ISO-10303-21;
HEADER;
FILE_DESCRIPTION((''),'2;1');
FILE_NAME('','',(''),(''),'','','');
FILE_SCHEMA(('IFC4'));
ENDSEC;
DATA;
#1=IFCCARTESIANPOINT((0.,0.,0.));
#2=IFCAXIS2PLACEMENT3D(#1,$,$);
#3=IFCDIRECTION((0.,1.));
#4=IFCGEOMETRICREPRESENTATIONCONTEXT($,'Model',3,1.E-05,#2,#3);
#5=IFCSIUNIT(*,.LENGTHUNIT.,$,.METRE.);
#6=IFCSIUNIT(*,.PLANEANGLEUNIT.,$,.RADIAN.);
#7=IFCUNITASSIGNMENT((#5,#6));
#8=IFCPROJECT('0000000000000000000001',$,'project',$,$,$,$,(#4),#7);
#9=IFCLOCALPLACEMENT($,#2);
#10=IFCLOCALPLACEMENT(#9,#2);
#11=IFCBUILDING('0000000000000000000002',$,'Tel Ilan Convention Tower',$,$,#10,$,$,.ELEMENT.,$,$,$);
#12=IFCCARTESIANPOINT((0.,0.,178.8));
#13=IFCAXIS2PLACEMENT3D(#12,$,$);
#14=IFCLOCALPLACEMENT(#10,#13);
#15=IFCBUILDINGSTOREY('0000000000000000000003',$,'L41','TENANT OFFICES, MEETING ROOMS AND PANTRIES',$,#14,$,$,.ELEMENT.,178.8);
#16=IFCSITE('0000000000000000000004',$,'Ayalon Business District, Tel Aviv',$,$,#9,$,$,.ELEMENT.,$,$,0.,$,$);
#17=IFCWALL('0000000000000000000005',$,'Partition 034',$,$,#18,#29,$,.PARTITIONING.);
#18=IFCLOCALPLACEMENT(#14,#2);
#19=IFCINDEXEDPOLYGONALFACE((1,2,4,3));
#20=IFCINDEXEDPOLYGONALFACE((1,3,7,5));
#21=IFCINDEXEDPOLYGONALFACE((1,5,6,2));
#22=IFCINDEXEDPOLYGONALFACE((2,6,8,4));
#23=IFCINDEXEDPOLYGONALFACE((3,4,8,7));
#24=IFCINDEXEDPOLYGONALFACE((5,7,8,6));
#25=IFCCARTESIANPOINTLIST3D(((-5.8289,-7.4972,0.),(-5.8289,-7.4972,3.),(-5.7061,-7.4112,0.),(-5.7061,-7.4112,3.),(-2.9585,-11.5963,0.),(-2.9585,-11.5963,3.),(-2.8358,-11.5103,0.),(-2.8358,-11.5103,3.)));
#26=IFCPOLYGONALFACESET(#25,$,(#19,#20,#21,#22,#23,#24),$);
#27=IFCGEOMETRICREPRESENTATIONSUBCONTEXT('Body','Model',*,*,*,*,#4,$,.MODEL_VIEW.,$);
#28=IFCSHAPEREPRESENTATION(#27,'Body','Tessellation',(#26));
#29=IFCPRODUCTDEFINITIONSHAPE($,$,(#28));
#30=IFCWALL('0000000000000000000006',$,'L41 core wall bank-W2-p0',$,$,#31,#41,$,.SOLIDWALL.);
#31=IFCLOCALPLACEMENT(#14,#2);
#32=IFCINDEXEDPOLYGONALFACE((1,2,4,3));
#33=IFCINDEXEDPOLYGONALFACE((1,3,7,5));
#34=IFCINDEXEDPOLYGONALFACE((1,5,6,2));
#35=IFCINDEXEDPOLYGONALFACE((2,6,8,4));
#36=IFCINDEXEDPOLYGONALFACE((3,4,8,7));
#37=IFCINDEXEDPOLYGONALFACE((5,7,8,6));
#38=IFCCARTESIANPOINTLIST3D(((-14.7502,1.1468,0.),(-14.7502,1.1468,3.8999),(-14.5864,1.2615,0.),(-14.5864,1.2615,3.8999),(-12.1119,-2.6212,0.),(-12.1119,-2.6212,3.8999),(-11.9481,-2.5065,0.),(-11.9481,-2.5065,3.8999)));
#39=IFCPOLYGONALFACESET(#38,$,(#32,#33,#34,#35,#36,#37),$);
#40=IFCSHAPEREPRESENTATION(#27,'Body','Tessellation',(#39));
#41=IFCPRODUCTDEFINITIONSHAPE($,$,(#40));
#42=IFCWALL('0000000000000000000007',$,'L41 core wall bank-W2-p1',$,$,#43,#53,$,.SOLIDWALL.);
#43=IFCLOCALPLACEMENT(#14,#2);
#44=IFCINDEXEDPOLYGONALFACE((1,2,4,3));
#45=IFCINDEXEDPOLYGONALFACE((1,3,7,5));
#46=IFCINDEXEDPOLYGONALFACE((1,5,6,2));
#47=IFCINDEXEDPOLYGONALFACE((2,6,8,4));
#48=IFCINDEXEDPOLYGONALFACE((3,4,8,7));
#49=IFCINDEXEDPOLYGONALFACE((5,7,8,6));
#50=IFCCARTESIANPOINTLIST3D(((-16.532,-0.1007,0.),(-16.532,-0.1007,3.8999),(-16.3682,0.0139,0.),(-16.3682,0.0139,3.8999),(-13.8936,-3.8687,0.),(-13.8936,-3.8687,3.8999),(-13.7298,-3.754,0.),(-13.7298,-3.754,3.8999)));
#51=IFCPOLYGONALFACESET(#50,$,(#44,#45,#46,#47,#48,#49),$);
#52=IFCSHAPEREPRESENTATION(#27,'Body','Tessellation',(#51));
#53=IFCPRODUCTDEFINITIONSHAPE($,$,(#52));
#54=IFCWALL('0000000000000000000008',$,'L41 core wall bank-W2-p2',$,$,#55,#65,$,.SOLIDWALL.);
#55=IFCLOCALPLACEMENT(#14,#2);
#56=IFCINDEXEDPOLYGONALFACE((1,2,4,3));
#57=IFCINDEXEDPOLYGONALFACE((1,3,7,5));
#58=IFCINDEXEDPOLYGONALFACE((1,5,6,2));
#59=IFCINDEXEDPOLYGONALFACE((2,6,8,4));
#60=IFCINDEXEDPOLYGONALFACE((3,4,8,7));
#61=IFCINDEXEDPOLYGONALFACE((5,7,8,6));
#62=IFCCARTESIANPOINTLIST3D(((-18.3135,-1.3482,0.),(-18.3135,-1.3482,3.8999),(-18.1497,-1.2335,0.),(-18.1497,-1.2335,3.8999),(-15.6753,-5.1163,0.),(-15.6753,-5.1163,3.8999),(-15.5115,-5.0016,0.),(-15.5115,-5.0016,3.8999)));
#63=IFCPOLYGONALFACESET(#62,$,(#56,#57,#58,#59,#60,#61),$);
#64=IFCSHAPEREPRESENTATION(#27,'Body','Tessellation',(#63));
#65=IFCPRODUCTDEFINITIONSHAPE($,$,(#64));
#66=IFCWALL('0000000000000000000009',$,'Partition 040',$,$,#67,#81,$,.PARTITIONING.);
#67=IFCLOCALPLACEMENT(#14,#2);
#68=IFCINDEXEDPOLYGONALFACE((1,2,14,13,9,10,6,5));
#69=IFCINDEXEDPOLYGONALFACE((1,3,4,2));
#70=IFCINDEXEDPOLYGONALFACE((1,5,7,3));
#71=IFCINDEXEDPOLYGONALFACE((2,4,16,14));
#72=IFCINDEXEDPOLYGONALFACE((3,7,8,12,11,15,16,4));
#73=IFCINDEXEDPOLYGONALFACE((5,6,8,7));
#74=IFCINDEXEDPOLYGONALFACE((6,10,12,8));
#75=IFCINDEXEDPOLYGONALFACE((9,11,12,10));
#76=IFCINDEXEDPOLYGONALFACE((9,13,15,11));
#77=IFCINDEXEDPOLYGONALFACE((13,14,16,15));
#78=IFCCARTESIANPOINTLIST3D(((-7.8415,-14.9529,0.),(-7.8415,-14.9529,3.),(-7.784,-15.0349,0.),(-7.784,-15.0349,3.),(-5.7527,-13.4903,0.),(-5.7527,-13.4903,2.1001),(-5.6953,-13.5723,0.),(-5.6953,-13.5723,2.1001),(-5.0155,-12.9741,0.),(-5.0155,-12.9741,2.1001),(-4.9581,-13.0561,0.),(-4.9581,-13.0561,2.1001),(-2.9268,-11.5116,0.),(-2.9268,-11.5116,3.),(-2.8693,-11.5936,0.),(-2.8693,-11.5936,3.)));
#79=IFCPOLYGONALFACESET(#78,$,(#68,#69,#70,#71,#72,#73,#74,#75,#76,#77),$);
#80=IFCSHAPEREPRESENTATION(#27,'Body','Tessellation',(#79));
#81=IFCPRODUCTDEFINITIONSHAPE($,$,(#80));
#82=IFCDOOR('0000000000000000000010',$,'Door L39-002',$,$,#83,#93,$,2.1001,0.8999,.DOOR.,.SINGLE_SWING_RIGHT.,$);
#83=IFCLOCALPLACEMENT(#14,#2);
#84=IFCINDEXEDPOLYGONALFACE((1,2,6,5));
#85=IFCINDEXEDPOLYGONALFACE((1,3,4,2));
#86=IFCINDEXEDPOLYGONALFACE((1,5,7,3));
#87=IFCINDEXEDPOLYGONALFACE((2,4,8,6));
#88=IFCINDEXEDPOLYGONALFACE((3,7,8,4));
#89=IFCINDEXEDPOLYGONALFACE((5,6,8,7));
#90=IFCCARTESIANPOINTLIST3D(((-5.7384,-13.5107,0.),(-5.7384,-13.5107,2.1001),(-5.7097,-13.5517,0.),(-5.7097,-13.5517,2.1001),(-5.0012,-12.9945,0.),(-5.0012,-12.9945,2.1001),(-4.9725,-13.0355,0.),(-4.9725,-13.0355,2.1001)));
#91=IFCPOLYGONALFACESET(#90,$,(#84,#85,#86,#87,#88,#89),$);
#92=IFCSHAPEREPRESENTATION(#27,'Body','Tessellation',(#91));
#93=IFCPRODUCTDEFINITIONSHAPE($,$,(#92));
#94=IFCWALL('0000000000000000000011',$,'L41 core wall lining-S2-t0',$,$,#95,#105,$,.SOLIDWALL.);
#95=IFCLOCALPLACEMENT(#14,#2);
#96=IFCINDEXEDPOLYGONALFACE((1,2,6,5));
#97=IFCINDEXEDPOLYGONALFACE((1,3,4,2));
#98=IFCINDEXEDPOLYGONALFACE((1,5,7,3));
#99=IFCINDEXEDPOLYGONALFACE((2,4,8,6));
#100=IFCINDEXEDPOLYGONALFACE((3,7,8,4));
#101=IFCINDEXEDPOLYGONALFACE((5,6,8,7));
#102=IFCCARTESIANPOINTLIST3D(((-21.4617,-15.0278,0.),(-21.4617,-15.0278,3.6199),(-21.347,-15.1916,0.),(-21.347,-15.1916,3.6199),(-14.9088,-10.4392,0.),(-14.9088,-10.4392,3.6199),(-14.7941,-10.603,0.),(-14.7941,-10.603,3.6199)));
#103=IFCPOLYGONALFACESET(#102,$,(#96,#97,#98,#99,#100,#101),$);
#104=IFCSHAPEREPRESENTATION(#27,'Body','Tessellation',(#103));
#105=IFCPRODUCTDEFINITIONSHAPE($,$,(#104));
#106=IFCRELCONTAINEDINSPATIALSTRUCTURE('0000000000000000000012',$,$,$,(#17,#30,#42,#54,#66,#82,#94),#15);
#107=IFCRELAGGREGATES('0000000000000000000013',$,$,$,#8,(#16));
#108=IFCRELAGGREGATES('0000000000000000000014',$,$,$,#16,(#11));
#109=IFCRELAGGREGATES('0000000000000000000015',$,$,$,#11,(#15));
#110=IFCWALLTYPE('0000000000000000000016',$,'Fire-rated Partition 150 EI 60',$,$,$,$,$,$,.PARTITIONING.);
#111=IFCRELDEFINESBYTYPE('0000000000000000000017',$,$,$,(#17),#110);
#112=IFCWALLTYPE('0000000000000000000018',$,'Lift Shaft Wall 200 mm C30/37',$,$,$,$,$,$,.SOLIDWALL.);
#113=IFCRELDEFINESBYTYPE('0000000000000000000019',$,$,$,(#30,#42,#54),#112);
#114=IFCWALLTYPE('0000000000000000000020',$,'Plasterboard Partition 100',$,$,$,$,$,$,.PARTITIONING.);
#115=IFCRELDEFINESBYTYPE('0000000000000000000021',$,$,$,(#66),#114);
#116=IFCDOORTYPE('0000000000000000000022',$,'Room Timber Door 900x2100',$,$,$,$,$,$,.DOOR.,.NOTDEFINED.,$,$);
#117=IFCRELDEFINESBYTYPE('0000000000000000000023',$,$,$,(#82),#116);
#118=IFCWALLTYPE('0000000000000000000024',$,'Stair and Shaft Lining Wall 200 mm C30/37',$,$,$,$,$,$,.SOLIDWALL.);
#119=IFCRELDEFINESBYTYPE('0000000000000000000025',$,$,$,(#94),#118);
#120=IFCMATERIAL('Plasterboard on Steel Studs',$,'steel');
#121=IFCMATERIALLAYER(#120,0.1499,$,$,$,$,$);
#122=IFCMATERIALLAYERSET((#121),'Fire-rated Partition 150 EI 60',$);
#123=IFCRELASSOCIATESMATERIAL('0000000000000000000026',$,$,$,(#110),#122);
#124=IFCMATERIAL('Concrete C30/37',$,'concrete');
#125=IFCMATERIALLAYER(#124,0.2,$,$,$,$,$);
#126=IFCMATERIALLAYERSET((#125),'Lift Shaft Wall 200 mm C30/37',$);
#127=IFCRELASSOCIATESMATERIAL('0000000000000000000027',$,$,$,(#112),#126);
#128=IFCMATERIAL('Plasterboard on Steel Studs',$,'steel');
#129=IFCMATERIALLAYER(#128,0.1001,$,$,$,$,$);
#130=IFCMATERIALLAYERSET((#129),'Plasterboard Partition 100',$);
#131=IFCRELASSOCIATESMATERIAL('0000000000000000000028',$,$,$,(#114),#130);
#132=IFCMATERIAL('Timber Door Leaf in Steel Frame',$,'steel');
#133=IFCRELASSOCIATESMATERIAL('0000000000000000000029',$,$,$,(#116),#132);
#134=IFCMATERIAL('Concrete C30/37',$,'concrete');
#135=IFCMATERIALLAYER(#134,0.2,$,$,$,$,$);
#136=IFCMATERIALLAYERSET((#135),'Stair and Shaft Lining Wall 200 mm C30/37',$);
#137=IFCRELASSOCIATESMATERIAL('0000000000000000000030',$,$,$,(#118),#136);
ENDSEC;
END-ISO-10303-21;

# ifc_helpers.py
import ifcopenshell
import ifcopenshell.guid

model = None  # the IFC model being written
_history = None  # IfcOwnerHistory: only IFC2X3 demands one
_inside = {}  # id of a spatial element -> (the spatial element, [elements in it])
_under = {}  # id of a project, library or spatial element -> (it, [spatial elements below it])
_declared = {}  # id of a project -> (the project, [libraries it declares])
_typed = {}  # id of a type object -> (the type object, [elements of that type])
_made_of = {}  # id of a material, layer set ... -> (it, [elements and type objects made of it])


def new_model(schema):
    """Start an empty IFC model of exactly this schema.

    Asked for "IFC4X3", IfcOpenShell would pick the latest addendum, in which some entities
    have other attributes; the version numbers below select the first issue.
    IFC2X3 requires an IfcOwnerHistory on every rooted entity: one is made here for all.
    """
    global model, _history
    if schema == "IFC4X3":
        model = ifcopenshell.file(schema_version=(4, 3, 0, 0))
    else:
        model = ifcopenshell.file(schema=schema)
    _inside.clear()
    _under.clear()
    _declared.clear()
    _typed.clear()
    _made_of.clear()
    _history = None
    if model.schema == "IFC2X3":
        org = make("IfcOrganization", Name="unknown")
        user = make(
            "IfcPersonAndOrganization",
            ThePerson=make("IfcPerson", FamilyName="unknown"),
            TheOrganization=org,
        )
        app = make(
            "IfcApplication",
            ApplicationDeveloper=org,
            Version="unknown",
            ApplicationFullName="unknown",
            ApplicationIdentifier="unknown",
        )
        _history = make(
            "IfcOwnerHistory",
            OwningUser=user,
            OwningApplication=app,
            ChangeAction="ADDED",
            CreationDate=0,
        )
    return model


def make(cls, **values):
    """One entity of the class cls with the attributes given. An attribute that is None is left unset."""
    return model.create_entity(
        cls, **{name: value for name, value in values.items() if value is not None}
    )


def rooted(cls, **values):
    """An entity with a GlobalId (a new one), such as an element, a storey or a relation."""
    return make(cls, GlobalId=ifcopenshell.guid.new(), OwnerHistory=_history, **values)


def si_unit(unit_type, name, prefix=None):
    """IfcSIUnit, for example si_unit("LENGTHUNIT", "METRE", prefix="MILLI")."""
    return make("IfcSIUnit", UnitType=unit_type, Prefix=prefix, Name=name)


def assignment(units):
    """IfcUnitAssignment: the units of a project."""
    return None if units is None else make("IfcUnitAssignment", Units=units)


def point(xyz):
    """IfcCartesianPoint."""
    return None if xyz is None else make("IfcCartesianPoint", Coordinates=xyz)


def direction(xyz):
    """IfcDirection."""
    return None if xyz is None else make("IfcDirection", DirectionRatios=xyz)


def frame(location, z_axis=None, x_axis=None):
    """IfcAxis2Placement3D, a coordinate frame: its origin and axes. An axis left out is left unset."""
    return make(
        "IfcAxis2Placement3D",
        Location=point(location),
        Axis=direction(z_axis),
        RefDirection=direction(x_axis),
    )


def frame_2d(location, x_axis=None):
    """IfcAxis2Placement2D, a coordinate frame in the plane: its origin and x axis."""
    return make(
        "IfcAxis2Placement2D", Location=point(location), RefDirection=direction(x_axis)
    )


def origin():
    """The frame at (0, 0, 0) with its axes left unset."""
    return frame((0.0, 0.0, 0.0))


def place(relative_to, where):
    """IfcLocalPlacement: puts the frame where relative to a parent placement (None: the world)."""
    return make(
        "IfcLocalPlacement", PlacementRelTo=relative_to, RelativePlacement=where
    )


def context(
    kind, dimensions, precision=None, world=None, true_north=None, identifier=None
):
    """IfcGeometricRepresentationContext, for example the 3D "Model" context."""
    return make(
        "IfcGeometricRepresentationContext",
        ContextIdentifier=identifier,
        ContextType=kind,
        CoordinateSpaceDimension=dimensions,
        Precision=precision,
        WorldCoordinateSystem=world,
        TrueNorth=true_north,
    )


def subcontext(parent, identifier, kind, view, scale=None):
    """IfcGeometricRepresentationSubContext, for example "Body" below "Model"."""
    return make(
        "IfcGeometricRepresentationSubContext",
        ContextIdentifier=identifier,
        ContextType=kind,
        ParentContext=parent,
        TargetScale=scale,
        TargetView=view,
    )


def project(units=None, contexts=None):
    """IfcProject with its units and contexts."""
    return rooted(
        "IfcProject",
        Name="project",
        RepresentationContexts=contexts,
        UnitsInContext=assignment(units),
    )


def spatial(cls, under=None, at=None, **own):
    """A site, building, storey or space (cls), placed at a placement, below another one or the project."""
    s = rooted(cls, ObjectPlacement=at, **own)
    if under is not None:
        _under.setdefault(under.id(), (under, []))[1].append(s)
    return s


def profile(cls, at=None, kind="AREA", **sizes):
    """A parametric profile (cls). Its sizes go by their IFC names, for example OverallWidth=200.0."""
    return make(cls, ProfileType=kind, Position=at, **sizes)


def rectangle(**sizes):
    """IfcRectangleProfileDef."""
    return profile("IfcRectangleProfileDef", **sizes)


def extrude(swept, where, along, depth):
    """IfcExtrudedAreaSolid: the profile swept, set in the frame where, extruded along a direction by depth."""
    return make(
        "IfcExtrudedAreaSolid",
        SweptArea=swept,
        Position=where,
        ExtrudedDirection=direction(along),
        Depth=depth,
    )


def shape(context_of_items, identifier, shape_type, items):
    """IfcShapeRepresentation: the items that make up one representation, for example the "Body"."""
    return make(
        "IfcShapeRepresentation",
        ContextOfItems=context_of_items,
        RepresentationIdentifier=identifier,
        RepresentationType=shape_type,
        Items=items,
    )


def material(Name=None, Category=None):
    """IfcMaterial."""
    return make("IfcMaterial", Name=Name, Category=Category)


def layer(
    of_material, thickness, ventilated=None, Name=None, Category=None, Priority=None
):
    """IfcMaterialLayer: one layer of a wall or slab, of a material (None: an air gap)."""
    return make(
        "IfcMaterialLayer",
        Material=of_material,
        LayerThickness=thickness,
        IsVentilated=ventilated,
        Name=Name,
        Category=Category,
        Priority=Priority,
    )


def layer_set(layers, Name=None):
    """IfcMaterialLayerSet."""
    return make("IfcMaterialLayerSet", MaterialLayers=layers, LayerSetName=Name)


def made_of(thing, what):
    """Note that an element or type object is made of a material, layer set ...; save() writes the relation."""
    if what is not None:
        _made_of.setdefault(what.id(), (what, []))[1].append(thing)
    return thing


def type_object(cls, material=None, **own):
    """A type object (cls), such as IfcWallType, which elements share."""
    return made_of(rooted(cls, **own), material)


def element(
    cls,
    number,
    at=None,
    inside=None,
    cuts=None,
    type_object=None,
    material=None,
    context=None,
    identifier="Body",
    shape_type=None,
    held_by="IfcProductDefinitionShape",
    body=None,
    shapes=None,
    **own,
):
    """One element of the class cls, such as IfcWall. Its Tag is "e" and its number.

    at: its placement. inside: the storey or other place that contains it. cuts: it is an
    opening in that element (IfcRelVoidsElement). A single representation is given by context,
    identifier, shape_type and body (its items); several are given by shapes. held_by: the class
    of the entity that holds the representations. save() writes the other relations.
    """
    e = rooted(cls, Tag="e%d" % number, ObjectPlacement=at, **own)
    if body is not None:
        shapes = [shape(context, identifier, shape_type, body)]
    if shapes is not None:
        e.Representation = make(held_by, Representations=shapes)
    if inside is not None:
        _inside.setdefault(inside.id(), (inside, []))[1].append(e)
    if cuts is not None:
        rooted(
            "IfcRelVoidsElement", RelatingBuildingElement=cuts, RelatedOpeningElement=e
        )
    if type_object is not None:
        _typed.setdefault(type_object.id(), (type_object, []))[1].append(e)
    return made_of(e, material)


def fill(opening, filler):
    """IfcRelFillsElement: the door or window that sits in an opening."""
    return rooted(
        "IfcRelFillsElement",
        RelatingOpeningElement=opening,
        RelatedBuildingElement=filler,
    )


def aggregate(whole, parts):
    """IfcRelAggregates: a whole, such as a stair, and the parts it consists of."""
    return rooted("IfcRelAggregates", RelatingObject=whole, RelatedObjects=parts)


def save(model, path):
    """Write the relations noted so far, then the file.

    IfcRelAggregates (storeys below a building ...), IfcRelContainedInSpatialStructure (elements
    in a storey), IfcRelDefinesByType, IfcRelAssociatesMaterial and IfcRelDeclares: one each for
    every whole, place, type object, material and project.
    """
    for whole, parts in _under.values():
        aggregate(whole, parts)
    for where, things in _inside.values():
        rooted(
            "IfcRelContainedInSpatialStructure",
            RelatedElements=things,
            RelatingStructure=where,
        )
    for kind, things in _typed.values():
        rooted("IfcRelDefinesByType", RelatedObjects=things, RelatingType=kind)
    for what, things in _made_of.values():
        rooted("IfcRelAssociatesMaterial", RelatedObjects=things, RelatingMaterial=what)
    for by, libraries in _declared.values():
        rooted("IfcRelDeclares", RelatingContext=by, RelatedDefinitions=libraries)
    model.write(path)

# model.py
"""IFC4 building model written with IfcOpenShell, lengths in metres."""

from ifc_helpers import new_model, si_unit, direction, frame, frame_2d, origin, place, context, subcontext, project, spatial, rectangle, extrude, material, layer, layer_set, type_object, element, fill, save


model = new_model("IFC4")

# Units and contexts
model_context = context("Model", 3, precision=1e-05, world=origin(), true_north=direction((0.0, 1.0)))
body_context = subcontext(model_context, "Body", "Model", "MODEL_VIEW")
ifc_project = project(units=[si_unit("LENGTHUNIT", "METRE"), si_unit("PLANEANGLEUNIT", "RADIAN")], contexts=[model_context])

# Site, building, storey
site_placement = place(None, origin())
site = spatial("IfcSite", under=ifc_project, at=site_placement, Name="Ayalon Business District, Tel Aviv", CompositionType="ELEMENT", RefElevation=0.0)
building_placement = place(site_placement, origin())
building = spatial("IfcBuilding", under=site, at=building_placement, Name="Tel Ilan Convention Tower", CompositionType="ELEMENT")
storey_placement = place(building_placement, frame((0.0, 0.0, 178.8)))
storey = spatial("IfcBuildingStorey", under=building, at=storey_placement, Name="L41", Description="TENANT OFFICES, MEETING ROOMS AND PANTRIES", CompositionType="ELEMENT", Elevation=178.8)

# Shared definitions
ifc_material_1 = material(Name="Plasterboard on Steel Studs", Category="steel")
ifc_layer_1 = layer(ifc_material_1, 0.1499)
ifc_layer_set_1 = layer_set([ifc_layer_1], Name="Fire-rated Partition 150 EI 60")
wall_type_1 = type_object("IfcWallType", Name="Fire-rated Partition 150 EI 60", PredefinedType="PARTITIONING", material=ifc_layer_set_1)

# Walls
wall_1_placement = place(storey_placement, frame((-2.8972, -11.5532, 0.0), z_axis=(0.0, 0.0, 1.0), x_axis=(-0.573593, 0.81914, 0.0)))
element("IfcWall", 1, at=wall_1_placement, inside=storey, type_object=wall_type_1, Name="Partition 034", PredefinedType="PARTITIONING", context=body_context, shape_type="SweptSolid", body=[
    extrude(rectangle(XDim=5.0042, YDim=0.1499, at=frame_2d((2.502, 0.0))), origin(), (0.0, 0.0, 1.0), 3.0),
])
ifc_material_2 = material(Name="Concrete C30/37", Category="concrete")
ifc_layer_2 = layer(ifc_material_2, 0.2)
ifc_layer_set_2 = layer_set([ifc_layer_2], Name="Lift Shaft Wall 200 mm C30/37")
wall_type_2 = type_object("IfcWallType", Name="Lift Shaft Wall 200 mm C30/37", PredefinedType="SOLIDWALL", material=ifc_layer_set_2)
for number, where, z_axis, x_axis, name in (
    (2, (-12.03, -2.5637, 0.0), (0.0, 0.0, 1.0), (-0.573576, 0.819152, 0.0), "L41 core wall bank-W2-p0"),
    (3, (-13.8118, -3.8113, 0.0), (0.0, 0.0, 1.0), (-0.573576, 0.819152, 0.0), "L41 core wall bank-W2-p1"),
    (4, (-15.5935, -5.0588, 0.0), (0.0, 0.0, 1.0), (-0.573541, 0.819177, 0.0), "L41 core wall bank-W2-p2"),
):
    element("IfcWall", number, at=place(storey_placement, frame(where, z_axis=z_axis, x_axis=x_axis)), inside=storey, type_object=wall_type_2, Name=name, PredefinedType="SOLIDWALL", context=body_context, shape_type="SweptSolid", body=[
        extrude(rectangle(XDim=4.5999, YDim=0.2, at=frame_2d((2.2998, 0.0))), origin(), (0.0, 0.0, 1.0), 3.8999),
    ])

# Wall, opening, door
ifc_material_3 = material(Name="Plasterboard on Steel Studs", Category="steel")
ifc_layer_3 = layer(ifc_material_3, 0.1001)
ifc_layer_set_3 = layer_set([ifc_layer_3], Name="Plasterboard Partition 100")
wall_type_3 = type_object("IfcWallType", Name="Plasterboard Partition 100", PredefinedType="PARTITIONING", material=ifc_layer_set_3)
wall_2_placement = place(storey_placement, frame((-2.8979, -11.5525, 0.0), z_axis=(0.0, 0.0, 1.0), x_axis=(-0.81915, -0.57358, 0.0)))
wall_2 = element("IfcWall", 5, at=wall_2_placement, inside=storey, type_object=wall_type_3, Name="Partition 040", PredefinedType="PARTITIONING", context=body_context, shape_type="SweptSolid", body=[
    extrude(rectangle(XDim=5.9998, YDim=0.1001, at=frame_2d((3.0, 0.0))), origin(), (0.0, 0.0, 1.0), 3.0),
])
opening_1_placement = place(wall_2_placement, frame((2.55, 0.0, 0.0)))
opening_1 = element("IfcOpeningElement", 6, at=opening_1_placement, cuts=wall_2, PredefinedType="OPENING", context=body_context, shape_type="SweptSolid", body=[
    extrude(rectangle(XDim=0.8999, YDim=2.1001, at=frame_2d((0.45, 1.05))), frame((0.0, 0.0601, 0.0), z_axis=(0.0, -1.0, 0.0), x_axis=(1.0, 0.0, 0.0)), (0.0, 0.0, 1.0), 0.1201),
])
ifc_material_4 = material(Name="Timber Door Leaf in Steel Frame", Category="steel")
door_type_1 = type_object("IfcDoorType", Name="Room Timber Door 900x2100", OperationType="NOTDEFINED", PredefinedType="DOOR", material=ifc_material_4)
door_1_placement = place(opening_1_placement, origin())
door_1 = element("IfcDoor", 7, at=door_1_placement, inside=storey, type_object=door_type_1, Name="Door L39-002", OperationType="SINGLE_SWING_RIGHT", OverallHeight=2.1001, OverallWidth=0.8999, PredefinedType="DOOR", context=body_context, shape_type="SweptSolid", body=[
    extrude(rectangle(XDim=0.8999, YDim=2.1001, at=frame_2d((0.45, 1.05))), frame((0.0, 0.0249, 0.0), z_axis=(0.0, -1.0, 0.0), x_axis=(1.0, 0.0, 0.0)), (0.0, 0.0, 1.0), 0.05),
])
fill(opening_1, door_1)

# Wall
ifc_material_5 = material(Name="Concrete C30/37", Category="concrete")
ifc_layer_4 = layer(ifc_material_5, 0.2)
ifc_layer_set_4 = layer_set([ifc_layer_4], Name="Stair and Shaft Lining Wall 200 mm C30/37")
wall_type_4 = type_object("IfcWallType", Name="Stair and Shaft Lining Wall 200 mm C30/37", PredefinedType="SOLIDWALL", material=ifc_layer_set_4)
wall_3_placement = place(storey_placement, frame((-14.8513, -10.521, 0.0), z_axis=(0.0, 0.0, 1.0), x_axis=(-0.819142, -0.573591, 0.0)))
element("IfcWall", 8, at=wall_3_placement, inside=storey, type_object=wall_type_4, Name="L41 core wall lining-S2-t0", PredefinedType="SOLIDWALL", context=body_context, shape_type="SweptSolid", body=[
    extrude(rectangle(XDim=7.9998, YDim=0.2, at=frame_2d((4.0, 0.0))), origin(), (0.0, 0.0, 1.0), 3.6199),
])

save(model, "model.ifc")
